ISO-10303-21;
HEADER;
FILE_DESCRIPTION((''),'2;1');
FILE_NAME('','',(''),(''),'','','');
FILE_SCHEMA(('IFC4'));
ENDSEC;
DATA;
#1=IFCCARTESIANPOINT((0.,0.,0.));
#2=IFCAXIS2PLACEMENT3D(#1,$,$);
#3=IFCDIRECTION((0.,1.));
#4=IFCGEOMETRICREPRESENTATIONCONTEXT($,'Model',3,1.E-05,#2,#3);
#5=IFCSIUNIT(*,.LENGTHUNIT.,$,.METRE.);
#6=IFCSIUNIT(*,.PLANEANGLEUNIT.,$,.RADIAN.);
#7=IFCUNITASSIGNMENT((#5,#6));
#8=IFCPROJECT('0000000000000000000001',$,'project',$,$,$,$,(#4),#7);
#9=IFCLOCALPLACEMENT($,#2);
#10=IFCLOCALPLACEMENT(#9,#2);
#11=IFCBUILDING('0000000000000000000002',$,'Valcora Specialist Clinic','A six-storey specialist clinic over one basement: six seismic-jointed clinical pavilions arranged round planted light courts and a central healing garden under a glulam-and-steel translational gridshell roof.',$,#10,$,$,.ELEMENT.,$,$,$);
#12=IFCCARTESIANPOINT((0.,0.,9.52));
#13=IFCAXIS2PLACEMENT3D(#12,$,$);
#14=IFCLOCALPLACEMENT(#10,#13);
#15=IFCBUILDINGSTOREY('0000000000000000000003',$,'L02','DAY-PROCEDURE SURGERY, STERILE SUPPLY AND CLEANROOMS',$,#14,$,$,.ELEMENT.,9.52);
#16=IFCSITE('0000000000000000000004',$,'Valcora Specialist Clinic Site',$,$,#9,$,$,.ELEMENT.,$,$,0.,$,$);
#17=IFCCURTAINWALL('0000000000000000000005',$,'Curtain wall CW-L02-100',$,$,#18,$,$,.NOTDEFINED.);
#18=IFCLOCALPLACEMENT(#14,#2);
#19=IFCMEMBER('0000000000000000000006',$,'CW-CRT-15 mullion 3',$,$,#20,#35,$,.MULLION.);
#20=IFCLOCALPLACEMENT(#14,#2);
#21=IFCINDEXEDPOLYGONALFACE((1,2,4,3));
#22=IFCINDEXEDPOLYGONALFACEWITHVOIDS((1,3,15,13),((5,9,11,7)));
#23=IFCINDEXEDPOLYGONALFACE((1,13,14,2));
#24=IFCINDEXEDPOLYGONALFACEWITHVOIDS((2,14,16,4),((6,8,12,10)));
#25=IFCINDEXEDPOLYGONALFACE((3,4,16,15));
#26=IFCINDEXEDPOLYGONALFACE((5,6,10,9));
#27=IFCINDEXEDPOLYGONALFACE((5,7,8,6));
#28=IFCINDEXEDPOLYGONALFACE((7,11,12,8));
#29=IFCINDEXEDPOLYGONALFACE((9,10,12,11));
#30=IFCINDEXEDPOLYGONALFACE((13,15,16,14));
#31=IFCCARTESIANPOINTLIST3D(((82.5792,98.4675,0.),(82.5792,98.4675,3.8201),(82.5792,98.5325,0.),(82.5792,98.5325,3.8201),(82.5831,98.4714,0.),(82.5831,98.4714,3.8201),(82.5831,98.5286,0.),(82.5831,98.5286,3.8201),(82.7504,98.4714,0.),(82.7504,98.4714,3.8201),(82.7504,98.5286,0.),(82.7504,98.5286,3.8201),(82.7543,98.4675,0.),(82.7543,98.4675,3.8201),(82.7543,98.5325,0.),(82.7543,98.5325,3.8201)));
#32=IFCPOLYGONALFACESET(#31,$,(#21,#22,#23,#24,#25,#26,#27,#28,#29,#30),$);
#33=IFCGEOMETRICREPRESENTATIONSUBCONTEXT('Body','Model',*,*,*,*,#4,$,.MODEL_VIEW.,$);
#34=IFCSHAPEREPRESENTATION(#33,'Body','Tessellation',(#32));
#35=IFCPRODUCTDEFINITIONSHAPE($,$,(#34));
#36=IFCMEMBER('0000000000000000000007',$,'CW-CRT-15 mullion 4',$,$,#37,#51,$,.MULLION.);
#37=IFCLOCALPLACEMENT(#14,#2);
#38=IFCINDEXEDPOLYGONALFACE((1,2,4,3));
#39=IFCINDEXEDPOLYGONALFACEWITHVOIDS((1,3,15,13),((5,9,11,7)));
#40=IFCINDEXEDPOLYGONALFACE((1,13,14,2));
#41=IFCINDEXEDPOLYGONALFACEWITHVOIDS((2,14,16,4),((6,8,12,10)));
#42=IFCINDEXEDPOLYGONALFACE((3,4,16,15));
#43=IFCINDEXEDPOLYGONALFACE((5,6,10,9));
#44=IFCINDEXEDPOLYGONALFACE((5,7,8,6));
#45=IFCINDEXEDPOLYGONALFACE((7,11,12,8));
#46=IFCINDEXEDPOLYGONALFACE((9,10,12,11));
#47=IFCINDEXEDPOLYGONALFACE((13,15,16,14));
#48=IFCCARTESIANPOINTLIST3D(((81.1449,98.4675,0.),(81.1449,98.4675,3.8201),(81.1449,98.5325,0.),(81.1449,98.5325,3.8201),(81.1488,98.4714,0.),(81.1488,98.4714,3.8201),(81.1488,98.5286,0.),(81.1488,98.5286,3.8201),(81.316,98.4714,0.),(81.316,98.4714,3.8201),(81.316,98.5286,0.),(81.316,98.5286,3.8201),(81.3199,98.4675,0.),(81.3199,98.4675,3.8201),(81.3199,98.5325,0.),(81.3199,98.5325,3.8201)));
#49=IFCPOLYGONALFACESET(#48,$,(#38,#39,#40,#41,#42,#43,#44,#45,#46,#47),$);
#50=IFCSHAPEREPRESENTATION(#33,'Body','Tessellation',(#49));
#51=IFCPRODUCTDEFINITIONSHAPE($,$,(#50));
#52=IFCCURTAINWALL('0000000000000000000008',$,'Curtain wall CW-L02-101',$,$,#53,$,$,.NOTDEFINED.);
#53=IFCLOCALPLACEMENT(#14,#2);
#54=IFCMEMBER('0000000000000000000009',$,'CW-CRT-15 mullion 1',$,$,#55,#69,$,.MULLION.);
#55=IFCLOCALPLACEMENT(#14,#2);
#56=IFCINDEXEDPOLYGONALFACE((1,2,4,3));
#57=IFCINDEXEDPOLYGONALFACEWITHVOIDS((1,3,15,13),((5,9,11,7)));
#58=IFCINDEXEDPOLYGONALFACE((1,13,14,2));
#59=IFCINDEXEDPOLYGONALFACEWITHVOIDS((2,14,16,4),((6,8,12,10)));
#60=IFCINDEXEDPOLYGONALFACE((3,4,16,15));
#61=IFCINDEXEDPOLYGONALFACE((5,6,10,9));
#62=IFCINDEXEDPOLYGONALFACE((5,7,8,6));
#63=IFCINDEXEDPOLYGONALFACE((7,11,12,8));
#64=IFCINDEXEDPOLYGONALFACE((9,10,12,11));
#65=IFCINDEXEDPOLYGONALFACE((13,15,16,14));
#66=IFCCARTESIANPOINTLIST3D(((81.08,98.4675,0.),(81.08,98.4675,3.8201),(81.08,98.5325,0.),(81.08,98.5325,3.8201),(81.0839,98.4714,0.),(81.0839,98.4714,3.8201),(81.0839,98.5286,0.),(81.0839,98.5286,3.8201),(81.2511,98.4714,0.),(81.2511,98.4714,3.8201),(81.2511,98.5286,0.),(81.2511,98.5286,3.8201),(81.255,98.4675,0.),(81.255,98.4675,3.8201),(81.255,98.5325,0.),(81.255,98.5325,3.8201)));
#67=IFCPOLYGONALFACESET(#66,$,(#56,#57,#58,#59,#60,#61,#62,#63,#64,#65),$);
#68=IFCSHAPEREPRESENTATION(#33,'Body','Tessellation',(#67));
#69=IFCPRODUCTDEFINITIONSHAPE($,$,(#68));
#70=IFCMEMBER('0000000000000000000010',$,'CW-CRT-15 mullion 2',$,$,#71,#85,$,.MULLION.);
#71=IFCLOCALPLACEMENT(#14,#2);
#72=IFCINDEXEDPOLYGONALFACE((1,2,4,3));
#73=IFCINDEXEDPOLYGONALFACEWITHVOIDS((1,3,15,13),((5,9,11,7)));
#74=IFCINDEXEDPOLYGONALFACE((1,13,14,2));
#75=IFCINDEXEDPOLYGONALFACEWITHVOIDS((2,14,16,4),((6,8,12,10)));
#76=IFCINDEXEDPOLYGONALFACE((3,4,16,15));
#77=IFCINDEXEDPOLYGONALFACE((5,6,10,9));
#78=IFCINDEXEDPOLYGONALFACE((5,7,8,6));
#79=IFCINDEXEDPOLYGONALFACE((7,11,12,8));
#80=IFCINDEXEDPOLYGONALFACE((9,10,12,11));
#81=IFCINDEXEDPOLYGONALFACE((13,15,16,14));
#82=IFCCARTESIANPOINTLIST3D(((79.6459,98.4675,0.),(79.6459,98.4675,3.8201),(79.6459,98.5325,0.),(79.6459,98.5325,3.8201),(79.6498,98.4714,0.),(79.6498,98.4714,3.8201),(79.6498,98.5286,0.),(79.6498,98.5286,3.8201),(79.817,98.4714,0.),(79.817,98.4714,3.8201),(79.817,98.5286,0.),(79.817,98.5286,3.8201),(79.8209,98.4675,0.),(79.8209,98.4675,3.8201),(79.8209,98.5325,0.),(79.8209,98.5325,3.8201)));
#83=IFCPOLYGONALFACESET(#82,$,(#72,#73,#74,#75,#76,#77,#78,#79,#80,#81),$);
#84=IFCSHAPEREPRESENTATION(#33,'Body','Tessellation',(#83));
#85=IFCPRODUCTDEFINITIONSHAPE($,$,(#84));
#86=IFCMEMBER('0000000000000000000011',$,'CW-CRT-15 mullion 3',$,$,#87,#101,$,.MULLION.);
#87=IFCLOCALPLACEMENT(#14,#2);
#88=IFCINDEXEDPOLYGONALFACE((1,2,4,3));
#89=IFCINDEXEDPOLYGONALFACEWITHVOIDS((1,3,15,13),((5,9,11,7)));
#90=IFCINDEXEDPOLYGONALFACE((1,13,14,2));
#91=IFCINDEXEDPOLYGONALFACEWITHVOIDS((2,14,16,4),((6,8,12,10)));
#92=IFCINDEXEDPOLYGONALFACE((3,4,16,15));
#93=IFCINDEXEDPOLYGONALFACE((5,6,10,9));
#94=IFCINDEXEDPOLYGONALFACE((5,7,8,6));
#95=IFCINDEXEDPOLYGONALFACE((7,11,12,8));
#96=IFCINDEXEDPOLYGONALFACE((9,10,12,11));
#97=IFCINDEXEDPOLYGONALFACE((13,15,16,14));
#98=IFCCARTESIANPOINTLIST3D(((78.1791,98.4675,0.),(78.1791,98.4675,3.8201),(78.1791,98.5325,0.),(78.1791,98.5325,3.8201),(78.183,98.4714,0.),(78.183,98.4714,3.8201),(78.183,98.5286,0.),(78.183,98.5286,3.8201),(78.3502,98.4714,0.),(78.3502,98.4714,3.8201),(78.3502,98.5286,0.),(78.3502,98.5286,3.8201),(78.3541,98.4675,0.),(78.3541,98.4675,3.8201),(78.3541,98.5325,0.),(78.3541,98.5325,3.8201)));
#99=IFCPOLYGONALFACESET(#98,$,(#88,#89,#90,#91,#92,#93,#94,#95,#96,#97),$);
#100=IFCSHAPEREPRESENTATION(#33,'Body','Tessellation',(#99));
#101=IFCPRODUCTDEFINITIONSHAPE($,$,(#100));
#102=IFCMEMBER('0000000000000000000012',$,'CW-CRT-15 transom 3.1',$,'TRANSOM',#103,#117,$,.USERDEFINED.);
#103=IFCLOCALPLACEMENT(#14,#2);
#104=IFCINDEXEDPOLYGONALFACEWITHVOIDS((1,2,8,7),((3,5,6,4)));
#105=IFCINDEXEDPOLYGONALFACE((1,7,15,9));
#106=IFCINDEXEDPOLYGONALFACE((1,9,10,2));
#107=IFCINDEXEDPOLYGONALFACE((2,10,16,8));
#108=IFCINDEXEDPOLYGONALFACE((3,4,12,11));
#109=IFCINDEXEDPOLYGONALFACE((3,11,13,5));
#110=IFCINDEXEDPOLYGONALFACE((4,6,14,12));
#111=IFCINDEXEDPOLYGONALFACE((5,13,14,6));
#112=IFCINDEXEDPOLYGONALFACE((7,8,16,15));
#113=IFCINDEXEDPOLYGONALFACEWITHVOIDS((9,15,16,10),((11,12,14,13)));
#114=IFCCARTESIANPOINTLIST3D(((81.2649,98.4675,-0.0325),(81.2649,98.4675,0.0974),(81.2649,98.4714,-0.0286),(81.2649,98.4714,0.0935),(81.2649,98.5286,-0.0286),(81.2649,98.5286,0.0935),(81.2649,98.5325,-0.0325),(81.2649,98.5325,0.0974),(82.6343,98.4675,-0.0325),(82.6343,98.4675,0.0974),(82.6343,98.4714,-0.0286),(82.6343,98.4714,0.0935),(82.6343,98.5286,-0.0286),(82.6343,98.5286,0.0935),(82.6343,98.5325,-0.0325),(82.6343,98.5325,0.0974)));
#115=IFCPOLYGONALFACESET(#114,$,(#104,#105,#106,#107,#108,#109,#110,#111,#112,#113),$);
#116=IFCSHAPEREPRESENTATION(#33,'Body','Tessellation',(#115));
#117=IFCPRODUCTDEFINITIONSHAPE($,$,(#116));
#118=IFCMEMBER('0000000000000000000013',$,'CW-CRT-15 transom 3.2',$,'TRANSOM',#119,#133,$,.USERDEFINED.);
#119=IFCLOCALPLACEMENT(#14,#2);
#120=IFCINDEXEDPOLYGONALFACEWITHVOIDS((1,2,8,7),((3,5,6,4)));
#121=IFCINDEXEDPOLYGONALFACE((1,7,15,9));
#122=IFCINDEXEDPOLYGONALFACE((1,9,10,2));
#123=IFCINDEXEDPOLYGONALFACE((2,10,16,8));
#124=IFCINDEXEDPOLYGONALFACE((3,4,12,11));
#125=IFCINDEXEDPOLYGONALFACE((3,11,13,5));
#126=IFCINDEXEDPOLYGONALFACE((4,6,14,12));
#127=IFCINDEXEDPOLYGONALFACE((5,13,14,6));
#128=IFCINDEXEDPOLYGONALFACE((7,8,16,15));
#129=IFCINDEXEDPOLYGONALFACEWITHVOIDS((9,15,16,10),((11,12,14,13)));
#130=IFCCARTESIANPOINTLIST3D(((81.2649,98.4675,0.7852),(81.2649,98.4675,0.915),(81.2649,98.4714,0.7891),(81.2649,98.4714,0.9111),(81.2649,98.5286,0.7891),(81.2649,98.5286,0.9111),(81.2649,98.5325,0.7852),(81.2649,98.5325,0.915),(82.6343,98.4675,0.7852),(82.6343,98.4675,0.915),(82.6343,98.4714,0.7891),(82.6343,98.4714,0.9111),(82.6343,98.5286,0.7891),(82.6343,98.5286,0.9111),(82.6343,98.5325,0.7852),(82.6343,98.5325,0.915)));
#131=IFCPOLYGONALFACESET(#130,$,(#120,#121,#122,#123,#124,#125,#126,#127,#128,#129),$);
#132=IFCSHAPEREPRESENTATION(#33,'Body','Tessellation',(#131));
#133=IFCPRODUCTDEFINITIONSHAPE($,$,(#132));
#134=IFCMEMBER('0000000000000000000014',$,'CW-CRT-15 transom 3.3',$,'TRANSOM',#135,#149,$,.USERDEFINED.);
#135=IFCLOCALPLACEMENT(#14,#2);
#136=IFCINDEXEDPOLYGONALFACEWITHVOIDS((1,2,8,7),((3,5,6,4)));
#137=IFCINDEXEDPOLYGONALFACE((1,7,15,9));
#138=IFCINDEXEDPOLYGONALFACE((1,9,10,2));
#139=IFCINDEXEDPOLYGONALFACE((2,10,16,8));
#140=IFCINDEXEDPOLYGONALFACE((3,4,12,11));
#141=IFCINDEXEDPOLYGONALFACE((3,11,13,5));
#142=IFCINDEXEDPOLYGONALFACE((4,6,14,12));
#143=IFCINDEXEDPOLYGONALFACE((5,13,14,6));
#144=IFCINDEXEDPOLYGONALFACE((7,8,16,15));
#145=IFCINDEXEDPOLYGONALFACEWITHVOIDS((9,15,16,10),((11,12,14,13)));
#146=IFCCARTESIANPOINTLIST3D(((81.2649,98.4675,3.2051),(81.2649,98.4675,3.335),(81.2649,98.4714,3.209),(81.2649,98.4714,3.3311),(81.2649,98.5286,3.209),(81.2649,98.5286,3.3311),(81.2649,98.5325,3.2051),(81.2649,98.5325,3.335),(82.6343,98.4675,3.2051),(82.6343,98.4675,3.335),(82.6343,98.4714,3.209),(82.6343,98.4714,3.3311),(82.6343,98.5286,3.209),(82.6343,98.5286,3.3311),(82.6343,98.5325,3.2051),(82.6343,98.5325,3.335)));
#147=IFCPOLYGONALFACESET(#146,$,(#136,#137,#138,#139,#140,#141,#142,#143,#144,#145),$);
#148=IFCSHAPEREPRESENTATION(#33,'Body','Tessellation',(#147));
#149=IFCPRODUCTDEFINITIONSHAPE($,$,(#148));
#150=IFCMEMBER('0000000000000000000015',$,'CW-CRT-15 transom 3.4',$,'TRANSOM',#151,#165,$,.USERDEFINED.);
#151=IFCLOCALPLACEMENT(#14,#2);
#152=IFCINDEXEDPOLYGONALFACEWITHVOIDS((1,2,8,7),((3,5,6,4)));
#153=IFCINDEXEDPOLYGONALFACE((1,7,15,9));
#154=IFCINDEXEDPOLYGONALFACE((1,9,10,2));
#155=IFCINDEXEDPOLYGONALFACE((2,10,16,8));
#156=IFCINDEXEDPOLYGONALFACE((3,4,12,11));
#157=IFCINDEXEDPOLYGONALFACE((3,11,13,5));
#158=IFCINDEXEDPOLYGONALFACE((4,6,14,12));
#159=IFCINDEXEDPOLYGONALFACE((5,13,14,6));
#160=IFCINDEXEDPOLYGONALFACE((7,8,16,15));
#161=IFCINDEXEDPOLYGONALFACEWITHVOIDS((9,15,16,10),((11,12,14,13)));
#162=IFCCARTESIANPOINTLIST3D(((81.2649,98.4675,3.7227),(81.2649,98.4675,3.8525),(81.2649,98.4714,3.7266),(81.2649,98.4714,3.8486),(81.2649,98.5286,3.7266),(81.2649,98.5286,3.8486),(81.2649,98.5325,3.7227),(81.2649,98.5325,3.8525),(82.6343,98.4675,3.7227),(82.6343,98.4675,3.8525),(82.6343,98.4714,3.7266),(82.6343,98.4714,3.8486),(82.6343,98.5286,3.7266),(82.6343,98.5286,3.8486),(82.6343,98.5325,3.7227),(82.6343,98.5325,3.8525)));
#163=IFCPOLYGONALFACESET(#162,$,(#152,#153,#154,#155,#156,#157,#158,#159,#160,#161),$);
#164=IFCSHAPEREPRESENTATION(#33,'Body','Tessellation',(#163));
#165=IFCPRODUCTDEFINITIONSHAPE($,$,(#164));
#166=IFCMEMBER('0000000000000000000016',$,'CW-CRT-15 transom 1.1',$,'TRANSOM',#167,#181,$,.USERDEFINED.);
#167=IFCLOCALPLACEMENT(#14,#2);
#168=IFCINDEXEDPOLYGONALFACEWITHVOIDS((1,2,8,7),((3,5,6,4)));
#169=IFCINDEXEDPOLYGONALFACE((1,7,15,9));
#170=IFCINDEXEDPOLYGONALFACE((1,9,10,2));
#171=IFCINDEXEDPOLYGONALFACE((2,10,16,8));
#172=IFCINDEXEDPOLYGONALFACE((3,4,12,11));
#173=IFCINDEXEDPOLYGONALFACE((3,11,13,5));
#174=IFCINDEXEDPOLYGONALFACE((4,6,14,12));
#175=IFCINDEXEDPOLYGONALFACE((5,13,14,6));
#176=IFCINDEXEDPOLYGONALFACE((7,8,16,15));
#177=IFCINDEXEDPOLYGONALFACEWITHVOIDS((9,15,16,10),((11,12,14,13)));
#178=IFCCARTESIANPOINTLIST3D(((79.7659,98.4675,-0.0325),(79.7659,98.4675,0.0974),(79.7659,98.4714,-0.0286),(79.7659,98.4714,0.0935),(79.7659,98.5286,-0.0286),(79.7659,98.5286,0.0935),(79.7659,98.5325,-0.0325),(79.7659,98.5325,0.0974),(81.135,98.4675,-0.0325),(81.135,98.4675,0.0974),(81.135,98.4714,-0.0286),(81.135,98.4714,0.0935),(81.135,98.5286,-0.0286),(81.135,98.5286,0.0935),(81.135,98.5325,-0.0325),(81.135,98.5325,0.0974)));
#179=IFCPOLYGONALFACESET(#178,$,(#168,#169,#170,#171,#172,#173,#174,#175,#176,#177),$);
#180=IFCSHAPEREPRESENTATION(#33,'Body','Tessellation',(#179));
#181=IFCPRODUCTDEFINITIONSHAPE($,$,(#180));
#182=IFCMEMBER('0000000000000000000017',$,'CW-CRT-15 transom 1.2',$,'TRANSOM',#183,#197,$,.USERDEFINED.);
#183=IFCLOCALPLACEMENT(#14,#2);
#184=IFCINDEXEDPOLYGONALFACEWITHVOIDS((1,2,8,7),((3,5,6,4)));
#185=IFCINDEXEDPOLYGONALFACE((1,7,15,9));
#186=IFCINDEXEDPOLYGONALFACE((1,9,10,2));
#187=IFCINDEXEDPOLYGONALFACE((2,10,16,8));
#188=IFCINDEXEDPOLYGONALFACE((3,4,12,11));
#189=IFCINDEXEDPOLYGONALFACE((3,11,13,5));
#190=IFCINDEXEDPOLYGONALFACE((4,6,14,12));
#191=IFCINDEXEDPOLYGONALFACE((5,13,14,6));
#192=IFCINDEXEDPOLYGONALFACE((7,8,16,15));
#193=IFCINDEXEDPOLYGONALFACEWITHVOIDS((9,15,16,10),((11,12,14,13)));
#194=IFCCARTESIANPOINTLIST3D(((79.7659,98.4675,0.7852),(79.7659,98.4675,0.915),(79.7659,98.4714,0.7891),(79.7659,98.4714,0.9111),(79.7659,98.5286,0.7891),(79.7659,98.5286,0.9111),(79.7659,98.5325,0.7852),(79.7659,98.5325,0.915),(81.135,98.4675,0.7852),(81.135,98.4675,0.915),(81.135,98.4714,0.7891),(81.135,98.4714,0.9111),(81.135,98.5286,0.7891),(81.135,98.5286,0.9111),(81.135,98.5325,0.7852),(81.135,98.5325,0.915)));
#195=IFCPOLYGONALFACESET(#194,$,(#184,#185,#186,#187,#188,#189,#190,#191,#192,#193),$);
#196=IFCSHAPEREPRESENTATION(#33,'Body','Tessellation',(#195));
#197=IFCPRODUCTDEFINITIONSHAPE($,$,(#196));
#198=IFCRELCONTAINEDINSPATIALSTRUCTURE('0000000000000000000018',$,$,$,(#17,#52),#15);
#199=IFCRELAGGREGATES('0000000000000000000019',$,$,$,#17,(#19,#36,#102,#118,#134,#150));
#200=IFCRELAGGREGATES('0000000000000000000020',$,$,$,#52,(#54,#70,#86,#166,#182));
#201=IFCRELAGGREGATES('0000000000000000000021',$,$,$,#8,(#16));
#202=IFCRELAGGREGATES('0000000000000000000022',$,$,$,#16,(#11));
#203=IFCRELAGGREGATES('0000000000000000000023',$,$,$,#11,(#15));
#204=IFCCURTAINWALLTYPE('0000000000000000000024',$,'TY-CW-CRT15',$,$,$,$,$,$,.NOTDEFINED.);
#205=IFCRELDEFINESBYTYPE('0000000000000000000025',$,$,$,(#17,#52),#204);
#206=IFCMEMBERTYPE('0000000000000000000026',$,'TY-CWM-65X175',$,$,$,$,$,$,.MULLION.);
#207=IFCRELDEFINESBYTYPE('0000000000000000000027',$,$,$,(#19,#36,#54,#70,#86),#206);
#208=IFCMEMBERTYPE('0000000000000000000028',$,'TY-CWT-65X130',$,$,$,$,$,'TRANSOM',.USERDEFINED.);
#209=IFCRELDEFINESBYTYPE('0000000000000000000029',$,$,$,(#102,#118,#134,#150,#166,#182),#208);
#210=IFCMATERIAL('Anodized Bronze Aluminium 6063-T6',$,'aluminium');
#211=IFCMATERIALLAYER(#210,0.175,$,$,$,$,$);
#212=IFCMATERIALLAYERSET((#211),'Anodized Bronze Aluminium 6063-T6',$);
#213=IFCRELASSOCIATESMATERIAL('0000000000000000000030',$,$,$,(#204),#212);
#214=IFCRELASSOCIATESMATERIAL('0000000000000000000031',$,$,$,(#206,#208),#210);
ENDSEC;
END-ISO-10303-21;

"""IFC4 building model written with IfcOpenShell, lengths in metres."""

from ifc_helpers import new_model, si_unit, direction, frame, origin, origin_2d, place, context, subcontext, project, spatial, hollow_rectangle, extrude, material, layer, layer_set, material_profile, profile_set, type_object, element, aggregate, save


model = new_model("IFC4")

# Units and contexts
model_context = context("Model", 3, precision=1e-05, world=origin(), true_north=direction((0.0, 1.0)))
body_context = subcontext(model_context, "Body", "Model", "MODEL_VIEW")
ifc_project = project(units=[si_unit("LENGTHUNIT", "METRE"), si_unit("PLANEANGLEUNIT", "RADIAN")], contexts=[model_context])

# Site, building, storey
site_placement = place(None, origin())
site = spatial("IfcSite", under=ifc_project, at=site_placement, Name="Valcora Specialist Clinic Site", CompositionType="ELEMENT", RefElevation=0.0)
building_placement = place(site_placement, origin())
building = spatial("IfcBuilding", under=site, at=building_placement, Name="Valcora Specialist Clinic", Description="A six-storey specialist clinic over one basement: six seismic-jointed clinical pavilions arranged round planted light courts and a central healing garden under a glulam-and-steel translational gridshell roof.", CompositionType="ELEMENT")
storey_placement = place(building_placement, frame((0.0, 0.0, 9.52)))
storey = spatial("IfcBuildingStorey", under=building, at=storey_placement, Name="L02", Description="DAY-PROCEDURE SURGERY, STERILE SUPPLY AND CLEANROOMS", CompositionType="ELEMENT", Elevation=9.52)

# Curtain walls, members
ifc_material_1 = material(Name="Anodized Bronze Aluminium 6063-T6", Category="aluminium")
ifc_layer_1 = layer(ifc_material_1, 0.175)
ifc_layer_set_1 = layer_set([ifc_layer_1], Name="Anodized Bronze Aluminium 6063-T6")
curtain_wall_type = type_object("IfcCurtainWallType", Name="TY-CW-CRT15", PredefinedType="NOTDEFINED", material=ifc_layer_set_1)
curtain_wall_1_placement = place(storey_placement, origin())
curtain_wall_1 = element("IfcCurtainWall", 1, at=curtain_wall_1_placement, inside=storey, type_object=curtain_wall_type, Name="Curtain wall CW-L02-100", PredefinedType="NOTDEFINED")
ifc_material_profile_1 = material_profile(ifc_material_1, hollow_rectangle(XDim=0.0649, YDim=0.175, WallThickness=0.0039, at=origin_2d()), Name="AL-MUL-65X175")
ifc_profile_set_1 = profile_set([ifc_material_profile_1], Name="Anodized Bronze Aluminium 6063-T6")
member_type_1 = type_object("IfcMemberType", Name="TY-CWM-65X175", PredefinedType="MULLION", material=ifc_profile_set_1)
member_1_placement = place(storey_placement, frame((82.6667, 98.5, 0.0), z_axis=(0.0, 0.0, 1.0), x_axis=(0.0, -1.0, 0.0)))
member_1 = element("IfcMember", 2, at=member_1_placement, type_object=member_type_1, Name="CW-CRT-15 mullion 3", PredefinedType="MULLION", context=body_context, shape_type="SweptSolid", body=[
    extrude(hollow_rectangle(XDim=0.0649, YDim=0.175, WallThickness=0.0039, at=origin_2d()), origin(), (0.0, 0.0, 1.0), 3.8201),
])
member_2_placement = place(storey_placement, frame((81.2324, 98.5, 0.0), z_axis=(0.0, 0.0, 1.0), x_axis=(0.0, -1.0, 0.0)))
member_2 = element("IfcMember", 3, at=member_2_placement, type_object=member_type_1, Name="CW-CRT-15 mullion 4", PredefinedType="MULLION", context=body_context, shape_type="SweptSolid", body=[
    extrude(hollow_rectangle(XDim=0.0649, YDim=0.175, WallThickness=0.0039, at=origin_2d()), origin(), (0.0, 0.0, 1.0), 3.8201),
])
curtain_wall_2_placement = place(storey_placement, origin())
curtain_wall_2 = element("IfcCurtainWall", 4, at=curtain_wall_2_placement, inside=storey, type_object=curtain_wall_type, Name="Curtain wall CW-L02-101", PredefinedType="NOTDEFINED")
member_3_placement = place(storey_placement, frame((81.1675, 98.5, 0.0), z_axis=(0.0, 0.0, 1.0), x_axis=(0.0, -1.0, 0.0)))
member_3 = element("IfcMember", 5, at=member_3_placement, type_object=member_type_1, Name="CW-CRT-15 mullion 1", PredefinedType="MULLION", context=body_context, shape_type="SweptSolid", body=[
    extrude(hollow_rectangle(XDim=0.0649, YDim=0.175, WallThickness=0.0039, at=origin_2d()), origin(), (0.0, 0.0, 1.0), 3.8201),
])
member_4_placement = place(storey_placement, frame((79.7334, 98.5, 0.0), z_axis=(0.0, 0.0, 1.0), x_axis=(0.0, -1.0, 0.0)))
member_4 = element("IfcMember", 6, at=member_4_placement, type_object=member_type_1, Name="CW-CRT-15 mullion 2", PredefinedType="MULLION", context=body_context, shape_type="SweptSolid", body=[
    extrude(hollow_rectangle(XDim=0.0649, YDim=0.175, WallThickness=0.0039, at=origin_2d()), origin(), (0.0, 0.0, 1.0), 3.8201),
])
member_5_placement = place(storey_placement, frame((78.2666, 98.5, 0.0), z_axis=(0.0, 0.0, 1.0), x_axis=(0.0, -1.0, 0.0)))
member_5 = element("IfcMember", 7, at=member_5_placement, type_object=member_type_1, Name="CW-CRT-15 mullion 3", PredefinedType="MULLION", context=body_context, shape_type="SweptSolid", body=[
    extrude(hollow_rectangle(XDim=0.0649, YDim=0.175, WallThickness=0.0039, at=origin_2d()), origin(), (0.0, 0.0, 1.0), 3.8201),
])

# Members
ifc_material_profile_2 = material_profile(ifc_material_1, hollow_rectangle(XDim=0.0649, YDim=0.1299, WallThickness=0.0039, at=origin_2d()), Name="AL-TRN-65X130")
ifc_profile_set_2 = profile_set([ifc_material_profile_2], Name="Anodized Bronze Aluminium 6063-T6")
member_type_2 = type_object("IfcMemberType", Name="TY-CWT-65X130", ElementType="TRANSOM", PredefinedType="USERDEFINED", material=ifc_profile_set_2)
member_6_placement = place(storey_placement, frame((82.6343, 98.5, 0.0325), z_axis=(-1.0, 0.0, 0.0), x_axis=(0.0, -1.0, 0.0)))
member_6 = element("IfcMember", 8, at=member_6_placement, type_object=member_type_2, Name="CW-CRT-15 transom 3.1", ObjectType="TRANSOM", PredefinedType="USERDEFINED", context=body_context, shape_type="SweptSolid", body=[
    extrude(hollow_rectangle(XDim=0.0649, YDim=0.1299, WallThickness=0.0039, at=origin_2d()), origin(), (0.0, 0.0, 1.0), 1.3694),
])
member_7_placement = place(storey_placement, frame((82.6343, 98.5, 0.8501), z_axis=(-1.0, 0.0, 0.0), x_axis=(0.0, -1.0, 0.0)))
member_7 = element("IfcMember", 9, at=member_7_placement, type_object=member_type_2, Name="CW-CRT-15 transom 3.2", ObjectType="TRANSOM", PredefinedType="USERDEFINED", context=body_context, shape_type="SweptSolid", body=[
    extrude(hollow_rectangle(XDim=0.0649, YDim=0.1299, WallThickness=0.0039, at=origin_2d()), origin(), (0.0, 0.0, 1.0), 1.3694),
])
member_8_placement = place(storey_placement, frame((82.6343, 98.5, 3.27), z_axis=(-1.0, 0.0, 0.0), x_axis=(0.0, -1.0, 0.0)))
member_8 = element("IfcMember", 10, at=member_8_placement, type_object=member_type_2, Name="CW-CRT-15 transom 3.3", ObjectType="TRANSOM", PredefinedType="USERDEFINED", context=body_context, shape_type="SweptSolid", body=[
    extrude(hollow_rectangle(XDim=0.0649, YDim=0.1299, WallThickness=0.0039, at=origin_2d()), origin(), (0.0, 0.0, 1.0), 1.3694),
])
member_9_placement = place(storey_placement, frame((82.6343, 98.5, 3.7876), z_axis=(-1.0, 0.0, 0.0), x_axis=(0.0, -1.0, 0.0)))
member_9 = element("IfcMember", 11, at=member_9_placement, type_object=member_type_2, Name="CW-CRT-15 transom 3.4", ObjectType="TRANSOM", PredefinedType="USERDEFINED", context=body_context, shape_type="SweptSolid", body=[
    extrude(hollow_rectangle(XDim=0.0649, YDim=0.1299, WallThickness=0.0039, at=origin_2d()), origin(), (0.0, 0.0, 1.0), 1.3694),
])
member_10_placement = place(storey_placement, frame((81.135, 98.5, 0.0325), z_axis=(-1.0, 0.0, 0.0), x_axis=(0.0, -1.0, 0.0)))
member_10 = element("IfcMember", 12, at=member_10_placement, type_object=member_type_2, Name="CW-CRT-15 transom 1.1", ObjectType="TRANSOM", PredefinedType="USERDEFINED", context=body_context, shape_type="SweptSolid", body=[
    extrude(hollow_rectangle(XDim=0.0649, YDim=0.1299, WallThickness=0.0039, at=origin_2d()), origin(), (0.0, 0.0, 1.0), 1.3691),
])
member_11_placement = place(storey_placement, frame((81.135, 98.5, 0.8501), z_axis=(-1.0, 0.0, 0.0), x_axis=(0.0, -1.0, 0.0)))
member_11 = element("IfcMember", 13, at=member_11_placement, type_object=member_type_2, Name="CW-CRT-15 transom 1.2", ObjectType="TRANSOM", PredefinedType="USERDEFINED", context=body_context, shape_type="SweptSolid", body=[
    extrude(hollow_rectangle(XDim=0.0649, YDim=0.1299, WallThickness=0.0039, at=origin_2d()), origin(), (0.0, 0.0, 1.0), 1.3691),
])

aggregate(curtain_wall_1, [member_1, member_2, member_6, member_7, member_8, member_9])
aggregate(curtain_wall_2, [member_3, member_4, member_5, member_10, member_11])

save(model, "model.ifc")
